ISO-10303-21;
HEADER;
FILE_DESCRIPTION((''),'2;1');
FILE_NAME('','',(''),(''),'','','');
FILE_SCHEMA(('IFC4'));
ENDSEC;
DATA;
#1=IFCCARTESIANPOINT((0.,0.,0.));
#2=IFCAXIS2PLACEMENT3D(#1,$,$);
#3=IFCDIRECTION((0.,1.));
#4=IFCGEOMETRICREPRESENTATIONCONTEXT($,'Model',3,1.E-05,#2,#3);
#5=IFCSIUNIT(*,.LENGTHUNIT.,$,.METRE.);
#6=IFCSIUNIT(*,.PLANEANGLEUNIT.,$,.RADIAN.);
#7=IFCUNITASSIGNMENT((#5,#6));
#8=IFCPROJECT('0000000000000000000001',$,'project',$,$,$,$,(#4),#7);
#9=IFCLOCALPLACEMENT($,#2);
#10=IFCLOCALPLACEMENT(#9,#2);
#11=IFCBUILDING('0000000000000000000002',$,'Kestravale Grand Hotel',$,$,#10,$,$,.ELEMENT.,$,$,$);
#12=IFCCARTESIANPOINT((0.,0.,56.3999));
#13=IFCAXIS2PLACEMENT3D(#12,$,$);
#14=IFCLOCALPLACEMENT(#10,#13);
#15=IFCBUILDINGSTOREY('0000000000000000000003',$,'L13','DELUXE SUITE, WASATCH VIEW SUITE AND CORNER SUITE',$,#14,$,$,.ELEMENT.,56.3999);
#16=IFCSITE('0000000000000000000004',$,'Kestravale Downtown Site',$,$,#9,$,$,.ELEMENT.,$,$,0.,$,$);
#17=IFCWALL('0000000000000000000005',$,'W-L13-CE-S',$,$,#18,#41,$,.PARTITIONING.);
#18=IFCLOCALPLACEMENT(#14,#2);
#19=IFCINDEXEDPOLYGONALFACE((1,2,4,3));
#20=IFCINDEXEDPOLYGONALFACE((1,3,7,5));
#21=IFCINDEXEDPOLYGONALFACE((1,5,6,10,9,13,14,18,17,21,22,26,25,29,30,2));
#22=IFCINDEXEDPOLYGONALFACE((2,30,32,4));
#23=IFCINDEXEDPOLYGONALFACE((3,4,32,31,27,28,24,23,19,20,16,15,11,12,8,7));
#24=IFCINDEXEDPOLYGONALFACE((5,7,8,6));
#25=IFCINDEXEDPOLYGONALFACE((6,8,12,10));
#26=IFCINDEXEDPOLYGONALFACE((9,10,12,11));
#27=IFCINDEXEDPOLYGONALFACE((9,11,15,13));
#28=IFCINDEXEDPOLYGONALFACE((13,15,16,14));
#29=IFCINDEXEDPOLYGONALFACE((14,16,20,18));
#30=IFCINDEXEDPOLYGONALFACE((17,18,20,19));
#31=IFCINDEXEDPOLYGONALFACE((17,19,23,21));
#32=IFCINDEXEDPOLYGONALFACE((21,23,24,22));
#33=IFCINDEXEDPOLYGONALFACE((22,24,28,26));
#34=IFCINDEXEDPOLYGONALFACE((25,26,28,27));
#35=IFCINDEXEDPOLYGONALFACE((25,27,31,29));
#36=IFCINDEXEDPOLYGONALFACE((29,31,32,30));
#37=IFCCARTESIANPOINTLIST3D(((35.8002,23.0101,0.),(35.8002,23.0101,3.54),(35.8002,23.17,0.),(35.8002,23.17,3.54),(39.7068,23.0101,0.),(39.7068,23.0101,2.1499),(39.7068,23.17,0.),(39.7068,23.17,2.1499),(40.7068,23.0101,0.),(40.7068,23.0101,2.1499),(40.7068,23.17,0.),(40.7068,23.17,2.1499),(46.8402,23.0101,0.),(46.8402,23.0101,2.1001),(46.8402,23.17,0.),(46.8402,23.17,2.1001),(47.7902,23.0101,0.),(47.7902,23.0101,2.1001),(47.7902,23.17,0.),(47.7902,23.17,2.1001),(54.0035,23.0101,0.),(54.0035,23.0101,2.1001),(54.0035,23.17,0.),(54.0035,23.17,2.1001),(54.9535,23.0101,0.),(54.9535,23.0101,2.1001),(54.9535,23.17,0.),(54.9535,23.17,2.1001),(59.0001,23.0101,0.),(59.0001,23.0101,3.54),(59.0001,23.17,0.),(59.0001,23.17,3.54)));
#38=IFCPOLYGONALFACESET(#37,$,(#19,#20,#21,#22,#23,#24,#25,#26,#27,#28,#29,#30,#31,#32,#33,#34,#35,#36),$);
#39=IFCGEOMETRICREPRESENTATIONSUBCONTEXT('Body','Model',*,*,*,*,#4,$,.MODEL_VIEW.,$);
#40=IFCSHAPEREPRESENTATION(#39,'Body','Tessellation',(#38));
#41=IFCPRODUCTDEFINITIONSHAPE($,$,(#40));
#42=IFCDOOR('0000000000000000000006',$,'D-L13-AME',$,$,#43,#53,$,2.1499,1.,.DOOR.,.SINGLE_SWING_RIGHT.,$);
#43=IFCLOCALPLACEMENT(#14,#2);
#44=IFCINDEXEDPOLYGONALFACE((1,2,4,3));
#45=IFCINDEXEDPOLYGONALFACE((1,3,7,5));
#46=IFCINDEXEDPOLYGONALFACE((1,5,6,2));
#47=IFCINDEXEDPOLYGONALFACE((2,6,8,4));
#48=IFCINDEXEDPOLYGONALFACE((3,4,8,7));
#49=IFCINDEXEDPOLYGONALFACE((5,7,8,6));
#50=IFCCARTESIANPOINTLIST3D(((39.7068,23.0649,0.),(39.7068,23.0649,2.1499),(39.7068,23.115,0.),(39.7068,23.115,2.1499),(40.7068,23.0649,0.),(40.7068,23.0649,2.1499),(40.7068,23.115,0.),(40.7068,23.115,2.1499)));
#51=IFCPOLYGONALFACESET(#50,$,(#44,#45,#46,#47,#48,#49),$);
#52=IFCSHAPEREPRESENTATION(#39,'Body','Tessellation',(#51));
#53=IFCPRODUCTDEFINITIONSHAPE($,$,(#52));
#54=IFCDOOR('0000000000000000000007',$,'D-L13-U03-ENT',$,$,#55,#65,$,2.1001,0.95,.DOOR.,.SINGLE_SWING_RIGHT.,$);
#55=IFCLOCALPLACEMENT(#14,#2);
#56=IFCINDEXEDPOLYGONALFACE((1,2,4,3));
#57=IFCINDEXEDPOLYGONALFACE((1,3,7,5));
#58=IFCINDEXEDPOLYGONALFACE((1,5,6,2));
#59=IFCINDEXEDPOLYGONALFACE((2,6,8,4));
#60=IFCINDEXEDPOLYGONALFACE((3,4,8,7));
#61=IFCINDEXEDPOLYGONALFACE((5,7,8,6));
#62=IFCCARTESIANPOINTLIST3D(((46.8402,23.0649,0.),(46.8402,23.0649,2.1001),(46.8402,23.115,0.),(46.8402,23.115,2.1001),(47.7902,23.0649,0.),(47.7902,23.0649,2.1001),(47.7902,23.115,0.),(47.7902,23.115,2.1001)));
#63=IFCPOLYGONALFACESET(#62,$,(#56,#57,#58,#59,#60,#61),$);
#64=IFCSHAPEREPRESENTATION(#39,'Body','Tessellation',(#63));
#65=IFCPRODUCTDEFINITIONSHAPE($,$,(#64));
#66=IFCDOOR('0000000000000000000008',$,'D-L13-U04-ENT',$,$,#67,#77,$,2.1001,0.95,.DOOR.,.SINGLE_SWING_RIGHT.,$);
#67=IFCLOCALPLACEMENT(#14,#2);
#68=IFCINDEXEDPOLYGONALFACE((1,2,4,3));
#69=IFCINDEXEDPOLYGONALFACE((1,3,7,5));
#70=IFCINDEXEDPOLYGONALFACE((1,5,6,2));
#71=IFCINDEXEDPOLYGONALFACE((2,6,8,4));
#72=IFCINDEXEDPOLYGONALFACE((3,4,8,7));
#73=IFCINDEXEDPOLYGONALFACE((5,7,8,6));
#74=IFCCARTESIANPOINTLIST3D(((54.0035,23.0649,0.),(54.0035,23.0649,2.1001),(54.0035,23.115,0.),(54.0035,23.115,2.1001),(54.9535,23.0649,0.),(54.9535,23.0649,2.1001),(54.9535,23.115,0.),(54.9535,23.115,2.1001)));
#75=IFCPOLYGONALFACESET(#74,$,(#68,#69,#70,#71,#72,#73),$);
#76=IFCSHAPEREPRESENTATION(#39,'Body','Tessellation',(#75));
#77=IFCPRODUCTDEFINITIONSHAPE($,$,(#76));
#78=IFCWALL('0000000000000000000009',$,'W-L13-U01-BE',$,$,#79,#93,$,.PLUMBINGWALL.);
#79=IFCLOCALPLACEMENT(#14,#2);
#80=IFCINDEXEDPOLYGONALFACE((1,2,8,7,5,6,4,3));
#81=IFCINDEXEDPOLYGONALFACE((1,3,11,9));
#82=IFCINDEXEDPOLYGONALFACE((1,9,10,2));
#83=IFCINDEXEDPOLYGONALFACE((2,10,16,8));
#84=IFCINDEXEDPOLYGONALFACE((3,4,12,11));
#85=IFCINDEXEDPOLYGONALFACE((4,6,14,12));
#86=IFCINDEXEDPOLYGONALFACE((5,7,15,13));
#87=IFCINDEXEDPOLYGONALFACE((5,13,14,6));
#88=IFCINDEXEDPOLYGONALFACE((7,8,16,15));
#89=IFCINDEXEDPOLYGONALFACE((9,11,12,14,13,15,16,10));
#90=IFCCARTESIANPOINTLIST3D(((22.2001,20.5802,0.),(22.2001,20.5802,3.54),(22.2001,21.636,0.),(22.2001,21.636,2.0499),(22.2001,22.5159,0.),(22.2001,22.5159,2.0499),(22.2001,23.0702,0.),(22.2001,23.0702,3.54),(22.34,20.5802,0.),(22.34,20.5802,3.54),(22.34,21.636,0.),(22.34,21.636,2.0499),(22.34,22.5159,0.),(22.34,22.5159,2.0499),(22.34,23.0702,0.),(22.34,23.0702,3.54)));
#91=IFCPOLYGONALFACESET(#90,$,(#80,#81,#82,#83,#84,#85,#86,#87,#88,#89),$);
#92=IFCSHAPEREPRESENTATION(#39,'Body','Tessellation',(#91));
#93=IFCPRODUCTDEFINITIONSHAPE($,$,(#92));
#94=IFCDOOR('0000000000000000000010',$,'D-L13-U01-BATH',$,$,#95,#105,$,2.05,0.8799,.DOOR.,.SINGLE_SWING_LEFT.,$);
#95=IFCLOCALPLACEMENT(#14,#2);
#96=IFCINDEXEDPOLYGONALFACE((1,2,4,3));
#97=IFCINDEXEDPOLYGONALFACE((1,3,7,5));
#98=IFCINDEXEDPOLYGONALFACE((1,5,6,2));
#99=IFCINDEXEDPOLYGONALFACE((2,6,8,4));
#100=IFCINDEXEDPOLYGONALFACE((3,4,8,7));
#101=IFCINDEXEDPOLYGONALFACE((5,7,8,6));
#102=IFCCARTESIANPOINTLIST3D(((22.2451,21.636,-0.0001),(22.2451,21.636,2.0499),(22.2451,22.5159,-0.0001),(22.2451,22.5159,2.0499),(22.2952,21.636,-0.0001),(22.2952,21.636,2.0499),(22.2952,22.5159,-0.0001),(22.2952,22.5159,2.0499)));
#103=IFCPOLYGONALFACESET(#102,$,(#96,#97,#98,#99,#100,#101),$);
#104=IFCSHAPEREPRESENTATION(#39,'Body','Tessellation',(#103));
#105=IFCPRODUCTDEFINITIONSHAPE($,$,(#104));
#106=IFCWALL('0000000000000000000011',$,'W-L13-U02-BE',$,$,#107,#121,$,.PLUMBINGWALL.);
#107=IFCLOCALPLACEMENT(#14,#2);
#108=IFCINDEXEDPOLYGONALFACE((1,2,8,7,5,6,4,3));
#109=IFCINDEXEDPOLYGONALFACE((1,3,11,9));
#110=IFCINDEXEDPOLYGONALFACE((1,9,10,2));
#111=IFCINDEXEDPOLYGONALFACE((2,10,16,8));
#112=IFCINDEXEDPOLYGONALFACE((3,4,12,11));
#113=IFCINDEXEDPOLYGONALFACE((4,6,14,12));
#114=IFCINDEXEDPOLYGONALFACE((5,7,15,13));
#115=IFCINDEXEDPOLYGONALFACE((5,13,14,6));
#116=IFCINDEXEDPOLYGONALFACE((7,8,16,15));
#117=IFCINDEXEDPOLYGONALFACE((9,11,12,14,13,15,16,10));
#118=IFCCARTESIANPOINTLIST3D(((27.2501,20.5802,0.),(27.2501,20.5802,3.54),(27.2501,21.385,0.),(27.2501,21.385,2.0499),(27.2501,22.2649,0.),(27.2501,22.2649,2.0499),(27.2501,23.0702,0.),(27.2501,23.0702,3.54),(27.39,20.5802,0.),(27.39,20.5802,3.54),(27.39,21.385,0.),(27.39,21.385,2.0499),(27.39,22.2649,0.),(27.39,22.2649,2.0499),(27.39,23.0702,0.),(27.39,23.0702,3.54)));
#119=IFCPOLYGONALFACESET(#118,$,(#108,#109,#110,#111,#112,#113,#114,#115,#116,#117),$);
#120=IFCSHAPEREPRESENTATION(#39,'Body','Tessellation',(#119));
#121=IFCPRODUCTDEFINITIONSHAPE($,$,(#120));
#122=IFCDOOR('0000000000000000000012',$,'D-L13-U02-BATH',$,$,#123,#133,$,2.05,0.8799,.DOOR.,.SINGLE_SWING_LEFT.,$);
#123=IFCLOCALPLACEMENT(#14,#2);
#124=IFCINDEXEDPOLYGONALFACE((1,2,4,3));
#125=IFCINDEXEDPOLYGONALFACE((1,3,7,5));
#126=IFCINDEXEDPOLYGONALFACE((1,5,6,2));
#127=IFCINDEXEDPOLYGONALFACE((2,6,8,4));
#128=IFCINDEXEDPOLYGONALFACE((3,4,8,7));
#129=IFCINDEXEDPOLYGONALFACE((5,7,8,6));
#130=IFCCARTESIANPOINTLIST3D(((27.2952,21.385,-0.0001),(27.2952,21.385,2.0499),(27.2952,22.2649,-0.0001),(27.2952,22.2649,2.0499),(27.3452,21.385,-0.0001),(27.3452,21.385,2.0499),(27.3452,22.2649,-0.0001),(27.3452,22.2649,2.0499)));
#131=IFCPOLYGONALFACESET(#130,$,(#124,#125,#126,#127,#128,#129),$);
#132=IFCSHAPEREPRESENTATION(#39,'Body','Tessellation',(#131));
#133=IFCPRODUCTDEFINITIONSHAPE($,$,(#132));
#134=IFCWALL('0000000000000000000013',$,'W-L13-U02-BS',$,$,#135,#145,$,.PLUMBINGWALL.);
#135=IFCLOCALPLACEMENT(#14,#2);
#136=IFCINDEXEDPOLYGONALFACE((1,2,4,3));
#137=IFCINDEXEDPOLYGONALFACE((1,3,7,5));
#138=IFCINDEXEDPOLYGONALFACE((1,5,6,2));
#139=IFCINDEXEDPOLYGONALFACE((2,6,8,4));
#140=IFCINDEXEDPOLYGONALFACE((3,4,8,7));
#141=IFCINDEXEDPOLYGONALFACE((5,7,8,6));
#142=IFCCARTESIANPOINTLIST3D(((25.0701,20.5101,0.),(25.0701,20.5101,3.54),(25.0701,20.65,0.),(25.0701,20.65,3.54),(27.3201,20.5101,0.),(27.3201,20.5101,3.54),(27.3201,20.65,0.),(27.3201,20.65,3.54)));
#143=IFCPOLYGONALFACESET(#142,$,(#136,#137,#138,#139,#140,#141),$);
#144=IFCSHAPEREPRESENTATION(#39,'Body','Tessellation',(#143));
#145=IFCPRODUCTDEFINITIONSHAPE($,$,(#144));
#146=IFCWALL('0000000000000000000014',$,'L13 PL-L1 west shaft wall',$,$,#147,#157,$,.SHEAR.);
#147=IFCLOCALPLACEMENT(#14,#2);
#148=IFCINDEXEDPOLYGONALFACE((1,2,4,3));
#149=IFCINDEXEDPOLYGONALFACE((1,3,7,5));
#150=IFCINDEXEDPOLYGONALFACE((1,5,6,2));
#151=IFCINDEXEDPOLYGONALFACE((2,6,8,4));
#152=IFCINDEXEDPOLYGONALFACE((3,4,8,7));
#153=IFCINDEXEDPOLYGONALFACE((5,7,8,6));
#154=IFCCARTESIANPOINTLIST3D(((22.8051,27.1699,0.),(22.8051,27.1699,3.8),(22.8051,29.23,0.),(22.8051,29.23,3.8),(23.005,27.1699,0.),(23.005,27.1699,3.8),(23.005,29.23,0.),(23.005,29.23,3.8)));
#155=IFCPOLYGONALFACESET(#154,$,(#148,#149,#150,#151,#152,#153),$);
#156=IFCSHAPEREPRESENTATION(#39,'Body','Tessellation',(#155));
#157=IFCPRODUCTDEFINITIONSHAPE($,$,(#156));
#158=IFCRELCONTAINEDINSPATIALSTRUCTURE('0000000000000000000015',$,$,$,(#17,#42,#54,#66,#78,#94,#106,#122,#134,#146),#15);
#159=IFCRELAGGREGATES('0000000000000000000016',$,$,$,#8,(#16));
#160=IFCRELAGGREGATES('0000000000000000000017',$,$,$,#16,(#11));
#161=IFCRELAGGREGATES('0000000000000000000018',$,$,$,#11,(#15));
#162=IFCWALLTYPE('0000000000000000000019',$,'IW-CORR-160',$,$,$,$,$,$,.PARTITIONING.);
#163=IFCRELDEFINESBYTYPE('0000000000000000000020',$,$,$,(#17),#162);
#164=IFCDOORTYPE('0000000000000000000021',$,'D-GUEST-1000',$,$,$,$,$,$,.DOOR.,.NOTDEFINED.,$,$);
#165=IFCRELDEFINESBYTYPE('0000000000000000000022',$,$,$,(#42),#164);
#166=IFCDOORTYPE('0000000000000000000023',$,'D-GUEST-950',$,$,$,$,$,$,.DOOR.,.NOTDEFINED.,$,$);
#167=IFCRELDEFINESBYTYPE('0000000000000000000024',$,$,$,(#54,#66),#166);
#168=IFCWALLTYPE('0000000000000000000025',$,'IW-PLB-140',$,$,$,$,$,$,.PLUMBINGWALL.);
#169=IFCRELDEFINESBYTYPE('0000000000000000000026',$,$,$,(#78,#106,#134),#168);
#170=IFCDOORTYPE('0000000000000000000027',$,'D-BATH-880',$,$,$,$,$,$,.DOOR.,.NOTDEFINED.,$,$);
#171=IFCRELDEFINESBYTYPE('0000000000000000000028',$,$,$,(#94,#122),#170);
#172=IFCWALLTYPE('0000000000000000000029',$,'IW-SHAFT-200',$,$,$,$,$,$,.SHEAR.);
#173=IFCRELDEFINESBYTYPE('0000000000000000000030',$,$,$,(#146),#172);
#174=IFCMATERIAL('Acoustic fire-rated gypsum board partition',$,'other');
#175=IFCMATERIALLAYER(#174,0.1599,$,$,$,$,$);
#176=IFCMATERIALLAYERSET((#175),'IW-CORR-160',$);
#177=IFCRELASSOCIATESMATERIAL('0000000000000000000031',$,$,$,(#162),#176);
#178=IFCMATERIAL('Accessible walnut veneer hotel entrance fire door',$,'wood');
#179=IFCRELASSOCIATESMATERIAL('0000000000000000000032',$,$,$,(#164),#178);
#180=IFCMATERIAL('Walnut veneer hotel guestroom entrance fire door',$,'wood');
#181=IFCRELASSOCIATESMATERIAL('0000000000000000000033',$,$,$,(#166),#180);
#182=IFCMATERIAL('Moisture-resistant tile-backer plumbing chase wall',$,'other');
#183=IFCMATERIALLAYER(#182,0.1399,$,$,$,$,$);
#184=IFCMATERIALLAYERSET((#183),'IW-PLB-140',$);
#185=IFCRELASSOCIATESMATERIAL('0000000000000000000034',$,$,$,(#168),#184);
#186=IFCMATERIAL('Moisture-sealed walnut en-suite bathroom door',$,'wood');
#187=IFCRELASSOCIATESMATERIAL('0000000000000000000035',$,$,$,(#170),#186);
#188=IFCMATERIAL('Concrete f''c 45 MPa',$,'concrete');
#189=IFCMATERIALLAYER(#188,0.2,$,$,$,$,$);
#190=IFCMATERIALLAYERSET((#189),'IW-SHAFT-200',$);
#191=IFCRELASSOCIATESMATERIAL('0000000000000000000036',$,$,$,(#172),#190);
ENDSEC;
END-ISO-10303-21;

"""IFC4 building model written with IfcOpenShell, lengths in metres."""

from ifc_helpers import new_model, si_unit, direction, frame, frame_2d, origin, place, context, subcontext, project, spatial, rectangle, extrude, material, layer, layer_set, type_object, element, fill, save


model = new_model("IFC4")

# Units and contexts
model_context = context("Model", 3, precision=1e-05, world=origin(), true_north=direction((0.0, 1.0)))
body_context = subcontext(model_context, "Body", "Model", "MODEL_VIEW")
ifc_project = project(units=[si_unit("LENGTHUNIT", "METRE"), si_unit("PLANEANGLEUNIT", "RADIAN")], contexts=[model_context])

# Site, building, storey
site_placement = place(None, origin())
site = spatial("IfcSite", under=ifc_project, at=site_placement, Name="Kestravale Downtown Site", CompositionType="ELEMENT", RefElevation=0.0)
building_placement = place(site_placement, origin())
building = spatial("IfcBuilding", under=site, at=building_placement, Name="Kestravale Grand Hotel", CompositionType="ELEMENT")
storey_placement = place(building_placement, frame((0.0, 0.0, 56.3999)))
storey = spatial("IfcBuildingStorey", under=building, at=storey_placement, Name="L13", Description="DELUXE SUITE, WASATCH VIEW SUITE AND CORNER SUITE", CompositionType="ELEMENT", Elevation=56.3999)

# Shared definitions
ifc_material_1 = material(Name="Acoustic fire-rated gypsum board partition", Category="other")
ifc_layer_1 = layer(ifc_material_1, 0.1599)
ifc_layer_set_1 = layer_set([ifc_layer_1], Name="IW-CORR-160")
wall_type_1 = type_object("IfcWallType", Name="IW-CORR-160", PredefinedType="PARTITIONING", material=ifc_layer_set_1)

# Wall, openings, doors
wall_1_placement = place(storey_placement, frame((35.8, 23.0901, 0.0), z_axis=(0.0, 0.0, 1.0), x_axis=(1.0, 0.0, 0.0)))
wall_1 = element("IfcWall", 1, at=wall_1_placement, inside=storey, type_object=wall_type_1, Name="W-L13-CE-S", PredefinedType="PARTITIONING", context=body_context, shape_type="SweptSolid", body=[
    extrude(rectangle(XDim=23.2, YDim=0.1599, at=frame_2d((11.6001, 0.0))), origin(), (0.0, 0.0, 1.0), 3.54),
])
opening_1_placement = place(wall_1_placement, frame((3.9067, 0.0, 0.0)))
opening_1 = element("IfcOpeningElement", 2, at=opening_1_placement, cuts=wall_1, PredefinedType="OPENING", context=body_context, shape_type="SweptSolid", body=[
    extrude(rectangle(XDim=1.0, YDim=2.1499, at=frame_2d((0.5, 1.075))), frame((0.0, 0.0898, 0.0), z_axis=(0.0, -1.0, 0.0), x_axis=(1.0, 0.0, 0.0)), (0.0, 0.0, 1.0), 0.1799),
])
opening_2_placement = place(wall_1_placement, frame((11.04, 0.0, 0.0)))
opening_2 = element("IfcOpeningElement", 3, at=opening_2_placement, cuts=wall_1, PredefinedType="OPENING", context=body_context, shape_type="SweptSolid", body=[
    extrude(rectangle(XDim=0.95, YDim=2.1001, at=frame_2d((0.4751, 1.05))), frame((0.0, 0.0898, 0.0), z_axis=(0.0, -1.0, 0.0), x_axis=(1.0, 0.0, 0.0)), (0.0, 0.0, 1.0), 0.1799),
])
opening_3_placement = place(wall_1_placement, frame((18.2034, 0.0, 0.0)))
opening_3 = element("IfcOpeningElement", 4, at=opening_3_placement, cuts=wall_1, PredefinedType="OPENING", context=body_context, shape_type="SweptSolid", body=[
    extrude(rectangle(XDim=0.95, YDim=2.1001, at=frame_2d((0.4751, 1.05))), frame((0.0, 0.0898, 0.0), z_axis=(0.0, -1.0, 0.0), x_axis=(1.0, 0.0, 0.0)), (0.0, 0.0, 1.0), 0.1799),
])
ifc_material_2 = material(Name="Accessible walnut veneer hotel entrance fire door", Category="wood")
door_type_1 = type_object("IfcDoorType", Name="D-GUEST-1000", OperationType="NOTDEFINED", PredefinedType="DOOR", material=ifc_material_2)
door_1_placement = place(opening_1_placement, origin())
door_1 = element("IfcDoor", 5, at=door_1_placement, inside=storey, type_object=door_type_1, Name="D-L13-AME", OperationType="SINGLE_SWING_RIGHT", OverallHeight=2.1499, OverallWidth=1.0, PredefinedType="DOOR", context=body_context, shape_type="SweptSolid", body=[
    extrude(rectangle(XDim=1.0, YDim=2.1499, at=frame_2d((0.5, 1.075))), frame((0.0, 0.0249, 0.0), z_axis=(0.0, -1.0, 0.0), x_axis=(1.0, 0.0, 0.0)), (0.0, 0.0, 1.0), 0.05),
])
fill(opening_1, door_1)
ifc_material_3 = material(Name="Walnut veneer hotel guestroom entrance fire door", Category="wood")
door_type_2 = type_object("IfcDoorType", Name="D-GUEST-950", OperationType="NOTDEFINED", PredefinedType="DOOR", material=ifc_material_3)
door_2_placement = place(opening_2_placement, origin())
door_2 = element("IfcDoor", 6, at=door_2_placement, inside=storey, type_object=door_type_2, Name="D-L13-U03-ENT", OperationType="SINGLE_SWING_RIGHT", OverallHeight=2.1001, OverallWidth=0.95, PredefinedType="DOOR", context=body_context, shape_type="SweptSolid", body=[
    extrude(rectangle(XDim=0.95, YDim=2.1001, at=frame_2d((0.4751, 1.05))), frame((0.0, 0.0249, 0.0), z_axis=(0.0, -1.0, 0.0), x_axis=(1.0, 0.0, 0.0)), (0.0, 0.0, 1.0), 0.05),
])
fill(opening_2, door_2)
door_3_placement = place(opening_3_placement, origin())
door_3 = element("IfcDoor", 7, at=door_3_placement, inside=storey, type_object=door_type_2, Name="D-L13-U04-ENT", OperationType="SINGLE_SWING_RIGHT", OverallHeight=2.1001, OverallWidth=0.95, PredefinedType="DOOR", context=body_context, shape_type="SweptSolid", body=[
    extrude(rectangle(XDim=0.95, YDim=2.1001, at=frame_2d((0.4751, 1.05))), frame((0.0, 0.0249, 0.0), z_axis=(0.0, -1.0, 0.0), x_axis=(1.0, 0.0, 0.0)), (0.0, 0.0, 1.0), 0.05),
])
fill(opening_3, door_3)

# Walls, openings, doors
ifc_material_4 = material(Name="Moisture-resistant tile-backer plumbing chase wall", Category="other")
ifc_layer_2 = layer(ifc_material_4, 0.1399)
ifc_layer_set_2 = layer_set([ifc_layer_2], Name="IW-PLB-140")
wall_type_2 = type_object("IfcWallType", Name="IW-PLB-140", PredefinedType="PLUMBINGWALL", material=ifc_layer_set_2)
wall_2_placement = place(storey_placement, frame((22.27, 20.5801, 0.0), z_axis=(0.0, 0.0, 1.0), x_axis=(0.0, 1.0, 0.0)))
wall_2 = element("IfcWall", 8, at=wall_2_placement, inside=storey, type_object=wall_type_2, Name="W-L13-U01-BE", PredefinedType="PLUMBINGWALL", context=body_context, shape_type="SweptSolid", body=[
    extrude(rectangle(XDim=2.49, YDim=0.1399, at=frame_2d((1.2451, 0.0))), origin(), (0.0, 0.0, 1.0), 3.54),
])
opening_4_placement = place(wall_2_placement, frame((1.0559, 0.0, 0.0)))
opening_4 = element("IfcOpeningElement", 9, at=opening_4_placement, cuts=wall_2, PredefinedType="OPENING", context=body_context, shape_type="SweptSolid", body=[
    extrude(rectangle(XDim=0.8799, YDim=2.05, at=frame_2d((0.4399, 1.0249))), frame((0.0, 0.0798, 0.0), z_axis=(0.0, -1.0, 0.0), x_axis=(1.0, 0.0, 0.0)), (0.0, 0.0, 1.0), 0.1599),
])
ifc_material_5 = material(Name="Moisture-sealed walnut en-suite bathroom door", Category="wood")
door_type_3 = type_object("IfcDoorType", Name="D-BATH-880", OperationType="NOTDEFINED", PredefinedType="DOOR", material=ifc_material_5)
door_4_placement = place(opening_4_placement, origin())
door_4 = element("IfcDoor", 10, at=door_4_placement, inside=storey, type_object=door_type_3, Name="D-L13-U01-BATH", OperationType="SINGLE_SWING_LEFT", OverallHeight=2.05, OverallWidth=0.8799, PredefinedType="DOOR", context=body_context, shape_type="SweptSolid", body=[
    extrude(rectangle(XDim=0.8799, YDim=2.05, at=frame_2d((0.4399, 1.0249))), frame((0.0, 0.0249, 0.0), z_axis=(0.0, -1.0, 0.0), x_axis=(1.0, 0.0, 0.0)), (0.0, 0.0, 1.0), 0.05),
])
fill(opening_4, door_4)
wall_3_placement = place(storey_placement, frame((27.3201, 20.5801, 0.0), z_axis=(0.0, 0.0, 1.0), x_axis=(0.0, 1.0, 0.0)))
wall_3 = element("IfcWall", 11, at=wall_3_placement, inside=storey, type_object=wall_type_2, Name="W-L13-U02-BE", PredefinedType="PLUMBINGWALL", context=body_context, shape_type="SweptSolid", body=[
    extrude(rectangle(XDim=2.49, YDim=0.1399, at=frame_2d((1.2451, 0.0))), origin(), (0.0, 0.0, 1.0), 3.54),
])
opening_5_placement = place(wall_3_placement, frame((0.8049, 0.0, 0.0)))
opening_5 = element("IfcOpeningElement", 12, at=opening_5_placement, cuts=wall_3, PredefinedType="OPENING", context=body_context, shape_type="SweptSolid", body=[
    extrude(rectangle(XDim=0.8799, YDim=2.05, at=frame_2d((0.4399, 1.0249))), frame((0.0, 0.0798, 0.0), z_axis=(0.0, -1.0, 0.0), x_axis=(1.0, 0.0, 0.0)), (0.0, 0.0, 1.0), 0.1599),
])
door_5_placement = place(opening_5_placement, origin())
door_5 = element("IfcDoor", 13, at=door_5_placement, inside=storey, type_object=door_type_3, Name="D-L13-U02-BATH", OperationType="SINGLE_SWING_LEFT", OverallHeight=2.05, OverallWidth=0.8799, PredefinedType="DOOR", context=body_context, shape_type="SweptSolid", body=[
    extrude(rectangle(XDim=0.8799, YDim=2.05, at=frame_2d((0.4399, 1.0249))), frame((0.0, 0.0249, 0.0), z_axis=(0.0, -1.0, 0.0), x_axis=(1.0, 0.0, 0.0)), (0.0, 0.0, 1.0), 0.05),
])
fill(opening_5, door_5)

# Walls
wall_4_placement = place(storey_placement, frame((25.0701, 20.5801, 0.0), z_axis=(0.0, 0.0, 1.0), x_axis=(1.0, 0.0, 0.0)))
element("IfcWall", 14, at=wall_4_placement, inside=storey, type_object=wall_type_2, Name="W-L13-U02-BS", PredefinedType="PLUMBINGWALL", context=body_context, shape_type="SweptSolid", body=[
    extrude(rectangle(XDim=2.25, YDim=0.1399, at=frame_2d((1.125, 0.0))), origin(), (0.0, 0.0, 1.0), 3.54),
])
ifc_material_6 = material(Name="Concrete f'c 45 MPa", Category="concrete")
ifc_layer_3 = layer(ifc_material_6, 0.2)
ifc_layer_set_3 = layer_set([ifc_layer_3], Name="IW-SHAFT-200")
wall_type_3 = type_object("IfcWallType", Name="IW-SHAFT-200", PredefinedType="SHEAR", material=ifc_layer_set_3)
wall_5_placement = place(storey_placement, frame((22.905, 27.1699, 0.0), z_axis=(0.0, 0.0, 1.0), x_axis=(0.0, 1.0, 0.0)))
element("IfcWall", 15, at=wall_5_placement, inside=storey, type_object=wall_type_3, Name="L13 PL-L1 west shaft wall", PredefinedType="SHEAR", context=body_context, shape_type="SweptSolid", body=[
    extrude(rectangle(XDim=2.0601, YDim=0.2, at=frame_2d((1.03, 0.0))), origin(), (0.0, 0.0, 1.0), 3.8),
])

save(model, "model.ifc")
